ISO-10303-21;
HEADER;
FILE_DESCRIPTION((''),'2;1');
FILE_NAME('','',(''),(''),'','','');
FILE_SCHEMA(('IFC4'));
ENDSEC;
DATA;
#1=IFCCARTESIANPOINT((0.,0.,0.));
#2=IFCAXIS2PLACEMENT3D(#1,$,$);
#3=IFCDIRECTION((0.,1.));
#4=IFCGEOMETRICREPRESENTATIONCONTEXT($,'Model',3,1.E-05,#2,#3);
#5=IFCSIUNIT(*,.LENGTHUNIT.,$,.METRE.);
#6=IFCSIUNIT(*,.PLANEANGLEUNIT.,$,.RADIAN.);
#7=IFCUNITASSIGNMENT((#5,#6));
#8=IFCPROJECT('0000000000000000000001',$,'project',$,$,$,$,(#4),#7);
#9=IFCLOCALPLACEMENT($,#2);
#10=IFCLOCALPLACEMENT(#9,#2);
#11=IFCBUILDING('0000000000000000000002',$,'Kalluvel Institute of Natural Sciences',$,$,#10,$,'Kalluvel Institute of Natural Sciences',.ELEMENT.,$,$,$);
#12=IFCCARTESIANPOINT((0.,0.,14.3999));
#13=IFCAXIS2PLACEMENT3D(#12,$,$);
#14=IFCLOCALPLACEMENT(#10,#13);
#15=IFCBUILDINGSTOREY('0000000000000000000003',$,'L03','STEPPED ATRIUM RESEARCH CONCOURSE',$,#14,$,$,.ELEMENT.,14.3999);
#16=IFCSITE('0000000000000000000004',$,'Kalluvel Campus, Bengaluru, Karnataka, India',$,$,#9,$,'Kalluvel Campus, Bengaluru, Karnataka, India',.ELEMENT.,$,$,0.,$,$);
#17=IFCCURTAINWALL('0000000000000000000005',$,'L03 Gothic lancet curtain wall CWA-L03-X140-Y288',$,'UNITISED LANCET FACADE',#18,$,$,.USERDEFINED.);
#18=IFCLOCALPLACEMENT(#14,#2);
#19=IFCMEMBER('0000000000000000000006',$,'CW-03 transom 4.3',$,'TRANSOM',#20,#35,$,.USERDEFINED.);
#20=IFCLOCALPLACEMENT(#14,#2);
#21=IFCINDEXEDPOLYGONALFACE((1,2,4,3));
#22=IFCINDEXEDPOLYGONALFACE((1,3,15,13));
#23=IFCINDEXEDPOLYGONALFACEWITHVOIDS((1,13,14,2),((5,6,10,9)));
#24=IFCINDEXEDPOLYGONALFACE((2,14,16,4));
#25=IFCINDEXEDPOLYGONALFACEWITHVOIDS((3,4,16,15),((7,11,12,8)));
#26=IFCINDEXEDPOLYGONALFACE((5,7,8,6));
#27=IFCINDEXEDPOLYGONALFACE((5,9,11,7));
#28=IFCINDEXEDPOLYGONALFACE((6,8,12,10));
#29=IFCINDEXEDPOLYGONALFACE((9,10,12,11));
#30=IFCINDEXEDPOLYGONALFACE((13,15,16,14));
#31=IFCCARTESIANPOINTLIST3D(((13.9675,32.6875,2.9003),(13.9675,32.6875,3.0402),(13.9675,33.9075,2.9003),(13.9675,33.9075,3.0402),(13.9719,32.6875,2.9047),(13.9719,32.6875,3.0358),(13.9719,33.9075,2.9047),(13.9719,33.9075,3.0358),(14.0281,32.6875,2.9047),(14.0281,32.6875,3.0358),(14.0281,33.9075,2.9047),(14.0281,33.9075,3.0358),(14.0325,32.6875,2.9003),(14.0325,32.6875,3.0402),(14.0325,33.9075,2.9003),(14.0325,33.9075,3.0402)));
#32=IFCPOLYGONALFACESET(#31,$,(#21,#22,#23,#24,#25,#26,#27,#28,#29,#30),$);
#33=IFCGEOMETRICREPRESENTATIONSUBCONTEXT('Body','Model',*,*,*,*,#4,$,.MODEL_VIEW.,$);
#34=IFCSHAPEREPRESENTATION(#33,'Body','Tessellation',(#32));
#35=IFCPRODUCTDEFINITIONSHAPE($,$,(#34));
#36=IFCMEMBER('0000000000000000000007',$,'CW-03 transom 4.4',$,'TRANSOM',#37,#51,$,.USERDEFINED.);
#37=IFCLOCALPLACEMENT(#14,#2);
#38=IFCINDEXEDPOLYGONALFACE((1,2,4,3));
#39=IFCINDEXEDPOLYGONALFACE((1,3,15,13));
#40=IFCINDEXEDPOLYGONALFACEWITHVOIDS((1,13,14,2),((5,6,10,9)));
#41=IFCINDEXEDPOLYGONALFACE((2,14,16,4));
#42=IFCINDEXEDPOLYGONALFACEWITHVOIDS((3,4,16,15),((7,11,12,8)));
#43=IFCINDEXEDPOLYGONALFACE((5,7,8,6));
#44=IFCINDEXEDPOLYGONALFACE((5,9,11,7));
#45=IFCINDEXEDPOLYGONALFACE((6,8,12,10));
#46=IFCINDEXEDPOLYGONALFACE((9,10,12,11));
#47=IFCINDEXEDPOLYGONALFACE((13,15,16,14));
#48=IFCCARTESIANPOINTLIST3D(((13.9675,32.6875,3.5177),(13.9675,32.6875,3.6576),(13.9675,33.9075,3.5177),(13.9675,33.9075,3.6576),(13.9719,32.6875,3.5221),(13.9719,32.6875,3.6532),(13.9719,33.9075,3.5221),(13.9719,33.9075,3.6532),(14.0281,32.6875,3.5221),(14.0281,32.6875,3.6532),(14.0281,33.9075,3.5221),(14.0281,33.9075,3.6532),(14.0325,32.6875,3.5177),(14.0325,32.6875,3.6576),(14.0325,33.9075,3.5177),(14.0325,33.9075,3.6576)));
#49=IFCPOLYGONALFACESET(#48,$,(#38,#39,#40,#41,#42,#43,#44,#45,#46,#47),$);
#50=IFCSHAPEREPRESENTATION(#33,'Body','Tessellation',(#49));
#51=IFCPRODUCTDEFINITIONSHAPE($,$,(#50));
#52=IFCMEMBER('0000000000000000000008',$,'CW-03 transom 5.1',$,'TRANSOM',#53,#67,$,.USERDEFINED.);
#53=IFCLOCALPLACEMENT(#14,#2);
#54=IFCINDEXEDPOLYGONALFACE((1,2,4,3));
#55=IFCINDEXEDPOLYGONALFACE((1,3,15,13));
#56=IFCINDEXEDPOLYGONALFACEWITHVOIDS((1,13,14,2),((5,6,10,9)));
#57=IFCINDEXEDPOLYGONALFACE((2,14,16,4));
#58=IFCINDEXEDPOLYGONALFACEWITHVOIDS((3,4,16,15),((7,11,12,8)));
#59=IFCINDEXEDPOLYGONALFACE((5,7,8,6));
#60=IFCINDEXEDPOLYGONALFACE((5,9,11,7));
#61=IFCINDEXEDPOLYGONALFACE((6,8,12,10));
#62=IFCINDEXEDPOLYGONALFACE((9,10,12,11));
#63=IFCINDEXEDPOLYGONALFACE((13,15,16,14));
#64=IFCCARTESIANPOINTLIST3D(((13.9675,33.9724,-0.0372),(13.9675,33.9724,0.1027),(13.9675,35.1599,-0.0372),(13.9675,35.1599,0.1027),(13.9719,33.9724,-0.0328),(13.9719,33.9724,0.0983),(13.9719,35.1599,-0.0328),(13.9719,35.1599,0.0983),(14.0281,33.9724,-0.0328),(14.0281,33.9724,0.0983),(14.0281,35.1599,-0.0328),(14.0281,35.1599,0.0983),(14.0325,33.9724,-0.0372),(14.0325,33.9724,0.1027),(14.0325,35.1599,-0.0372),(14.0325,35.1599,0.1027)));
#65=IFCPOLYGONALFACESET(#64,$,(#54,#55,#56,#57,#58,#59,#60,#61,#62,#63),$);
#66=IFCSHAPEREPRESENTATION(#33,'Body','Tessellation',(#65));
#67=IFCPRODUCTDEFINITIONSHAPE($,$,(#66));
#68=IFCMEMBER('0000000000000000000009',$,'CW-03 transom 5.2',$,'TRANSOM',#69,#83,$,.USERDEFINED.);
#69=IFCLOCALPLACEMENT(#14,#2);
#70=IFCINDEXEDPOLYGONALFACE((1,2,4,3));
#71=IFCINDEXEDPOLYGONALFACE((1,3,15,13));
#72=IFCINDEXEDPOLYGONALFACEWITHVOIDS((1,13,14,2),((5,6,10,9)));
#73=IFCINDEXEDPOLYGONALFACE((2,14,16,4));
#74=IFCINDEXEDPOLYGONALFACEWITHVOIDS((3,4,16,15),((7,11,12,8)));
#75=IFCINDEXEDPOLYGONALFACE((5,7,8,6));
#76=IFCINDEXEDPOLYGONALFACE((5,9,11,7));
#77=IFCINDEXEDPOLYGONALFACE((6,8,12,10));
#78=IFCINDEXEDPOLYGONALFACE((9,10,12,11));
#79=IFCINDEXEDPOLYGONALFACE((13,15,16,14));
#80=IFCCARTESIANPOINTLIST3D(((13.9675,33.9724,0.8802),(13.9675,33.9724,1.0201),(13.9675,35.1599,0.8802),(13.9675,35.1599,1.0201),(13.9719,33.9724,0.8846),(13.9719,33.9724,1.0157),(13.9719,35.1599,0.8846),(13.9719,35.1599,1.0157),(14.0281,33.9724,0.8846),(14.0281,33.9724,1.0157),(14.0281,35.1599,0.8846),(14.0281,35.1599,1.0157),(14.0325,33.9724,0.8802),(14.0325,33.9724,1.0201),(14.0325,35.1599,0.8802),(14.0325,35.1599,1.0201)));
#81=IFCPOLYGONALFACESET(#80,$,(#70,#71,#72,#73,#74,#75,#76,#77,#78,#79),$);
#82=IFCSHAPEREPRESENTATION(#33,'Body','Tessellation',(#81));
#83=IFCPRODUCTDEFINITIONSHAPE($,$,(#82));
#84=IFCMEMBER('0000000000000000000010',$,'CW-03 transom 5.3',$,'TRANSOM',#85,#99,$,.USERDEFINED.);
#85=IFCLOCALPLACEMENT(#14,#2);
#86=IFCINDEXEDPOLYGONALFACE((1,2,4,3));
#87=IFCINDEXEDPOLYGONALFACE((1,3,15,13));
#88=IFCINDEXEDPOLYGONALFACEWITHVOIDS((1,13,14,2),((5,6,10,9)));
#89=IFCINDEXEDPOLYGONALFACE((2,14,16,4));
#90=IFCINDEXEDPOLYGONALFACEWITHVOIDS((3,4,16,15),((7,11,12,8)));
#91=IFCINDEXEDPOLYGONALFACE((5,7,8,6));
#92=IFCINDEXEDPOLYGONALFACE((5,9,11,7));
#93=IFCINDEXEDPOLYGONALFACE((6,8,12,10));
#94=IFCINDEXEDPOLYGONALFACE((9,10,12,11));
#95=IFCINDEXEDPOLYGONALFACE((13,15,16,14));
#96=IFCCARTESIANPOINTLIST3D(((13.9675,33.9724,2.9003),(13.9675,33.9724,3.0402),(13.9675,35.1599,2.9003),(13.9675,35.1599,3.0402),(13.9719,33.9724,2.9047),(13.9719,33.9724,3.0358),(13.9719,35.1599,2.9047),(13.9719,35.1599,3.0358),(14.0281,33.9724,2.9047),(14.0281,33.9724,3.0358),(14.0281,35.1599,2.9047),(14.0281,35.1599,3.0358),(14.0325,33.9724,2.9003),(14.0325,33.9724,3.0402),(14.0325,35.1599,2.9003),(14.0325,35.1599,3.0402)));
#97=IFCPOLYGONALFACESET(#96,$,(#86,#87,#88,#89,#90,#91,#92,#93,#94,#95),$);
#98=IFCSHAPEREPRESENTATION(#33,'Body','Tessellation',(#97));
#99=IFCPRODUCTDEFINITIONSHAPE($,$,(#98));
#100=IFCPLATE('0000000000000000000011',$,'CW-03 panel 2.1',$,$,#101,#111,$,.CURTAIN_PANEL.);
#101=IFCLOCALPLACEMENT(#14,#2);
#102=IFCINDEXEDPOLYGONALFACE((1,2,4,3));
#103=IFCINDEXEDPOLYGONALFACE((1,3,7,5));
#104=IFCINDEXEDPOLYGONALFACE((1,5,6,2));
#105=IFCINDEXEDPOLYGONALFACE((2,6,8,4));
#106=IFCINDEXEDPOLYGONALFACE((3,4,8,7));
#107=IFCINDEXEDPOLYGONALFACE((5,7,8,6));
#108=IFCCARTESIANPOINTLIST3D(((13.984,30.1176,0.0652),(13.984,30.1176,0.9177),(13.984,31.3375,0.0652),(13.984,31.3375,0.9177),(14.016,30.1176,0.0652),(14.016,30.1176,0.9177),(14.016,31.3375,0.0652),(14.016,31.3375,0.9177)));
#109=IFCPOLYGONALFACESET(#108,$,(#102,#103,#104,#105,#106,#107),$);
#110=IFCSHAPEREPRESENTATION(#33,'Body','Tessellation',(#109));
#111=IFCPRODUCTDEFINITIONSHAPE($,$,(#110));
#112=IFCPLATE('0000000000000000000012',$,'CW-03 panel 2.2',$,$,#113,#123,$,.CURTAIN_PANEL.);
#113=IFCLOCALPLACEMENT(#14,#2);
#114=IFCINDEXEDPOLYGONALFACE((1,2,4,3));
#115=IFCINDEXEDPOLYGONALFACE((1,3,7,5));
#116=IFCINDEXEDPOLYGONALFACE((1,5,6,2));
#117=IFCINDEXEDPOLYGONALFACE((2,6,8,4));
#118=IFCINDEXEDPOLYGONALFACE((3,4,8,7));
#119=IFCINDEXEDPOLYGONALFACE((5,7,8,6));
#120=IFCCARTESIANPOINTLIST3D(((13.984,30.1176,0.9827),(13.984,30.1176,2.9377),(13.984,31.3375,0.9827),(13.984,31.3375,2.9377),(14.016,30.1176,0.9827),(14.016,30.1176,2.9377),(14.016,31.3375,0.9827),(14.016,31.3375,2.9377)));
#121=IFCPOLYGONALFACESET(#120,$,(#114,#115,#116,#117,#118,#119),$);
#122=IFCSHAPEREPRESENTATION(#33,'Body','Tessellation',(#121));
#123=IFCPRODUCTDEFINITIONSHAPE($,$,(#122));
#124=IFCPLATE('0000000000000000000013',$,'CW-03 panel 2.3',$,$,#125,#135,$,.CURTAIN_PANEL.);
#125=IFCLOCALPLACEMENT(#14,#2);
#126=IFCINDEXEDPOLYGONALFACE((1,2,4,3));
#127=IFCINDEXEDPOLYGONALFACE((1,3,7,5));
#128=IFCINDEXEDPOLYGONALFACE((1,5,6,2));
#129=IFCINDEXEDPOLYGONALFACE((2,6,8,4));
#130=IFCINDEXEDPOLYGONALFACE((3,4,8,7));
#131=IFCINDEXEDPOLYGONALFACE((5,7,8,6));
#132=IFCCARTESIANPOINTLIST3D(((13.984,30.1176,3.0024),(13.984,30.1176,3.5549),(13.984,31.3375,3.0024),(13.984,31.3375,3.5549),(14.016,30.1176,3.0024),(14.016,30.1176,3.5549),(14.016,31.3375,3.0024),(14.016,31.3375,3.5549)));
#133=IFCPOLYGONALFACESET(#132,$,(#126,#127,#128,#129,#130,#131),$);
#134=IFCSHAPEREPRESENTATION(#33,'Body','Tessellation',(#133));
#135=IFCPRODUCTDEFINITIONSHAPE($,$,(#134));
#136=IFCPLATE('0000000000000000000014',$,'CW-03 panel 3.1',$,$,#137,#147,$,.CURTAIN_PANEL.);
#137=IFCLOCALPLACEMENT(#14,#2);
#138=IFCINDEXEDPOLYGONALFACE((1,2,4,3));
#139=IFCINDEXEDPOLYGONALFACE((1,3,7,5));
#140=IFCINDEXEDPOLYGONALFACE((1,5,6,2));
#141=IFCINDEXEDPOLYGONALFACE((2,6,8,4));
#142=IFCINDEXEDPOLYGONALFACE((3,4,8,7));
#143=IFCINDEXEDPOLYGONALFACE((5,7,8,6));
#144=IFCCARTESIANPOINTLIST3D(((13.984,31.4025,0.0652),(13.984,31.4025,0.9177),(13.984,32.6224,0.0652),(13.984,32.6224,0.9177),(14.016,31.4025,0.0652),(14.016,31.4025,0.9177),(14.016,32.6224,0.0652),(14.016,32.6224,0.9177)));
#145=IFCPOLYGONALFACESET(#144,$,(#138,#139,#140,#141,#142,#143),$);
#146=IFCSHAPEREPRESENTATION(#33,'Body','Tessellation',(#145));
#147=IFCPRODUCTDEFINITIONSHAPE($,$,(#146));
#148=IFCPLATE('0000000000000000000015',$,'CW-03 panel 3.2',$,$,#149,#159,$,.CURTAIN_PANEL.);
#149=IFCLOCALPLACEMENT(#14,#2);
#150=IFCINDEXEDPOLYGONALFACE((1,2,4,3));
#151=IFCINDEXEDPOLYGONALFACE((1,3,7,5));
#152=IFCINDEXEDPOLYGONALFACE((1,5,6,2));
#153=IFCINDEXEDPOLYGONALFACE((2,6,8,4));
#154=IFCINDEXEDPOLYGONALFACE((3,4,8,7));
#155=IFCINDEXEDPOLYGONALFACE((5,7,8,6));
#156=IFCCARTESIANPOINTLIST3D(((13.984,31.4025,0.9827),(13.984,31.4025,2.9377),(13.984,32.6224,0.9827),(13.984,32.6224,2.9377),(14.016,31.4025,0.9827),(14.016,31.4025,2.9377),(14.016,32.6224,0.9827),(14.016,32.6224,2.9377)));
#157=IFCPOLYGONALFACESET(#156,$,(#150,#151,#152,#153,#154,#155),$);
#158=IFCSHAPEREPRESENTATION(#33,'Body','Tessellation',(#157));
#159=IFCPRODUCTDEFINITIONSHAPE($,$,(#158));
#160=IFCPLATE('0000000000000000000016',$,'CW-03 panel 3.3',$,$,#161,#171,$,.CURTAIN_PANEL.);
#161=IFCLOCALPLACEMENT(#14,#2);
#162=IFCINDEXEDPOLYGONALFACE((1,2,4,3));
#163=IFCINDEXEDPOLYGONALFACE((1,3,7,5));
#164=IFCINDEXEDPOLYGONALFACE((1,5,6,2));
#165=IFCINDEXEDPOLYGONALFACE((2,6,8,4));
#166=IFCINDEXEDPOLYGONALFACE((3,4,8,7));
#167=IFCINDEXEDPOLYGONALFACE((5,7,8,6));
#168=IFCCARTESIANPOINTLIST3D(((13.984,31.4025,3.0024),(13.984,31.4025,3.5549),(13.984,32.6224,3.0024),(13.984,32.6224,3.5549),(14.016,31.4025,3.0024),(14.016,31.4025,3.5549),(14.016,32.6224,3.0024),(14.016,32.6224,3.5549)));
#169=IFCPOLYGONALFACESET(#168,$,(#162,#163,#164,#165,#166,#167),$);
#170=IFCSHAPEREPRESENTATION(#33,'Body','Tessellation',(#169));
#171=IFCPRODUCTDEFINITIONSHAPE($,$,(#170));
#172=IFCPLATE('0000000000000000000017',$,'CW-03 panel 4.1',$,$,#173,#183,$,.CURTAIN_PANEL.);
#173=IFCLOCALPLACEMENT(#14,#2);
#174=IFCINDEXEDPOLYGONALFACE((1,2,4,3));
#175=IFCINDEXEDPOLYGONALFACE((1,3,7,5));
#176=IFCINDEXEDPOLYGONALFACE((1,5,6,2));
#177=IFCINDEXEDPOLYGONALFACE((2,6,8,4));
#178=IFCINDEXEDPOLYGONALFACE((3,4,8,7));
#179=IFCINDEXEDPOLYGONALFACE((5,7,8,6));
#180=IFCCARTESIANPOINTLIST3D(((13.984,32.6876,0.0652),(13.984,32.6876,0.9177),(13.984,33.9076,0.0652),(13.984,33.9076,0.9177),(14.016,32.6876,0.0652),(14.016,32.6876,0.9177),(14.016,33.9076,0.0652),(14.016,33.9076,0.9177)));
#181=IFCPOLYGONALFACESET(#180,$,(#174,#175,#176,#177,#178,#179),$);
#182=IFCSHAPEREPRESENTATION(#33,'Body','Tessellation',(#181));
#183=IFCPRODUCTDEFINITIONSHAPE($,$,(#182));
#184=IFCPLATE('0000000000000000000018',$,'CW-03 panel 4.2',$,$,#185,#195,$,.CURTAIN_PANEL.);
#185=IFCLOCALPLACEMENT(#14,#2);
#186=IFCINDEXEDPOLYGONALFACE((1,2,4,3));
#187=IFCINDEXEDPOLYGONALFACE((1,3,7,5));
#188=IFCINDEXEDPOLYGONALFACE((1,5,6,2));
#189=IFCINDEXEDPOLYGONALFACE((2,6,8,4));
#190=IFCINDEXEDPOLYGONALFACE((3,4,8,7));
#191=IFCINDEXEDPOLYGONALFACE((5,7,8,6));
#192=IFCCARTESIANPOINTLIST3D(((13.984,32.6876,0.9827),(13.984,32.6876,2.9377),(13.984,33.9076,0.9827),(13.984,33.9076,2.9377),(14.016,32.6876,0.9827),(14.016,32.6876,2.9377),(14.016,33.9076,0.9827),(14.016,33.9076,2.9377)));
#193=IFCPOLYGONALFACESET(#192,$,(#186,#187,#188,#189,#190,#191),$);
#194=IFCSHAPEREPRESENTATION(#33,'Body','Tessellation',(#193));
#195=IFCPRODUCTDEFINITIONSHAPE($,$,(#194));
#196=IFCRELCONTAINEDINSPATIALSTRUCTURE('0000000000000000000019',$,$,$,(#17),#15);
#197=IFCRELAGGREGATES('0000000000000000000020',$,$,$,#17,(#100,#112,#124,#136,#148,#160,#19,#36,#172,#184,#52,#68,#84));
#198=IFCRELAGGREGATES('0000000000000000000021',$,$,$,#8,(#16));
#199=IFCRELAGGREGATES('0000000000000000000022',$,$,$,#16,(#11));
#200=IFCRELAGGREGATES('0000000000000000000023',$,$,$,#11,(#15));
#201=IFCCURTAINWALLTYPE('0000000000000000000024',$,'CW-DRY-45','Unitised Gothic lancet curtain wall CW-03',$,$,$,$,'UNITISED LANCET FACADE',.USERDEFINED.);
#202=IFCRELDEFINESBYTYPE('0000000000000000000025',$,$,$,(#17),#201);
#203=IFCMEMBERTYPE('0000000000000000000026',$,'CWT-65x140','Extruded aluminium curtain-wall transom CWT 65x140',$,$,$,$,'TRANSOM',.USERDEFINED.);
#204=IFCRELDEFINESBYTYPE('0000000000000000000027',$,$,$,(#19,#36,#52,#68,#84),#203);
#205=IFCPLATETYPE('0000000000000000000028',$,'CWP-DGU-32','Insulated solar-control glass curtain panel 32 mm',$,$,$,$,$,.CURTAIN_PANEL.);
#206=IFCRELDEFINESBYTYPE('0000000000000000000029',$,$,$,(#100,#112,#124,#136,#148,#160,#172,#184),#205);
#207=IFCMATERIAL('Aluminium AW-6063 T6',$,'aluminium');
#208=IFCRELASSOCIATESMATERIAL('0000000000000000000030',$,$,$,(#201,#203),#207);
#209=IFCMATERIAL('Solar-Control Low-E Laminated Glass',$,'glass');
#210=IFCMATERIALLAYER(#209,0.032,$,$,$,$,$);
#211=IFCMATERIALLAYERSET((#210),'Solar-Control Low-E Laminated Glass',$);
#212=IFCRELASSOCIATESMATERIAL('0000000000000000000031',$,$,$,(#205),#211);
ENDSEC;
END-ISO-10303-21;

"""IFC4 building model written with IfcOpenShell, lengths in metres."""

from ifc_helpers import new_model, si_unit, direction, frame, origin, origin_2d, place, context, subcontext, project, spatial, rectangle, hollow_rectangle, extrude, material, layer, layer_set, material_profile, profile_set, type_object, element, aggregate, save


model = new_model("IFC4")

# Units and contexts
model_context = context("Model", 3, precision=1e-05, world=origin(), true_north=direction((0.0, 1.0)))
body_context = subcontext(model_context, "Body", "Model", "MODEL_VIEW")
ifc_project = project(units=[si_unit("LENGTHUNIT", "METRE"), si_unit("PLANEANGLEUNIT", "RADIAN")], contexts=[model_context])

# Site, building, storey
site_placement = place(None, origin())
site = spatial("IfcSite", under=ifc_project, at=site_placement, Name="Kalluvel Campus, Bengaluru, Karnataka, India", LongName="Kalluvel Campus, Bengaluru, Karnataka, India", CompositionType="ELEMENT", RefElevation=0.0)
building_placement = place(site_placement, origin())
building = spatial("IfcBuilding", under=site, at=building_placement, Name="Kalluvel Institute of Natural Sciences", LongName="Kalluvel Institute of Natural Sciences", CompositionType="ELEMENT")
storey_placement = place(building_placement, frame((0.0, 0.0, 14.3999)))
storey = spatial("IfcBuildingStorey", under=building, at=storey_placement, Name="L03", Description="STEPPED ATRIUM RESEARCH CONCOURSE", CompositionType="ELEMENT", Elevation=14.3999)

# Curtain wall, members, plates
ifc_material_1 = material(Name="Aluminium AW-6063 T6", Category="aluminium")
curtain_wall_type = type_object("IfcCurtainWallType", Name="CW-DRY-45", Description="Unitised Gothic lancet curtain wall CW-03", ElementType="UNITISED LANCET FACADE", PredefinedType="USERDEFINED", material=ifc_material_1)
curtain_wall_placement = place(storey_placement, origin())
curtain_wall = element("IfcCurtainWall", 1, at=curtain_wall_placement, inside=storey, type_object=curtain_wall_type, Name="L03 Gothic lancet curtain wall CWA-L03-X140-Y288", ObjectType="UNITISED LANCET FACADE", PredefinedType="USERDEFINED")
ifc_material_profile_1 = material_profile(ifc_material_1, hollow_rectangle(XDim=0.0649, YDim=0.1399, WallThickness=0.0044, at=origin_2d()), Name="CWT 65x140")
ifc_profile_set_1 = profile_set([ifc_material_profile_1], Name="Aluminium AW-6063 T6")
member_type_1 = type_object("IfcMemberType", Name="CWT-65x140", Description="Extruded aluminium curtain-wall transom CWT 65x140", ElementType="TRANSOM", PredefinedType="USERDEFINED", material=ifc_profile_set_1)
member_1_placement = place(storey_placement, frame((14.0, 32.6875, 2.9702), z_axis=(0.0, 1.0, 0.0), x_axis=(-1.0, 0.0, 0.0)))
member_1 = element("IfcMember", 2, at=member_1_placement, type_object=member_type_1, Name="CW-03 transom 4.3", ObjectType="TRANSOM", PredefinedType="USERDEFINED", context=body_context, shape_type="SweptSolid", body=[
    extrude(hollow_rectangle(XDim=0.0649, YDim=0.1399, WallThickness=0.0044, at=origin_2d()), origin(), (0.0, 0.0, 1.0), 1.22),
])
member_2_placement = place(storey_placement, frame((14.0, 32.6875, 3.5876), z_axis=(0.0, 1.0, 0.0), x_axis=(-1.0, 0.0, 0.0)))
member_2 = element("IfcMember", 3, at=member_2_placement, type_object=member_type_1, Name="CW-03 transom 4.4", ObjectType="TRANSOM", PredefinedType="USERDEFINED", context=body_context, shape_type="SweptSolid", body=[
    extrude(hollow_rectangle(XDim=0.0649, YDim=0.1399, WallThickness=0.0044, at=origin_2d()), origin(), (0.0, 0.0, 1.0), 1.22),
])
member_3_placement = place(storey_placement, frame((14.0, 33.9724, 0.0327), z_axis=(0.0, 1.0, 0.0), x_axis=(-1.0, 0.0, 0.0)))
member_3 = element("IfcMember", 4, at=member_3_placement, type_object=member_type_1, Name="CW-03 transom 5.1", ObjectType="TRANSOM", PredefinedType="USERDEFINED", context=body_context, shape_type="SweptSolid", body=[
    extrude(hollow_rectangle(XDim=0.0649, YDim=0.1399, WallThickness=0.0044, at=origin_2d()), origin(), (0.0, 0.0, 1.0), 1.1875),
])
member_4_placement = place(storey_placement, frame((14.0, 33.9724, 0.9502), z_axis=(0.0, 1.0, 0.0), x_axis=(-1.0, 0.0, 0.0)))
member_4 = element("IfcMember", 5, at=member_4_placement, type_object=member_type_1, Name="CW-03 transom 5.2", ObjectType="TRANSOM", PredefinedType="USERDEFINED", context=body_context, shape_type="SweptSolid", body=[
    extrude(hollow_rectangle(XDim=0.0649, YDim=0.1399, WallThickness=0.0044, at=origin_2d()), origin(), (0.0, 0.0, 1.0), 1.1875),
])
member_5_placement = place(storey_placement, frame((14.0, 33.9724, 2.9702), z_axis=(0.0, 1.0, 0.0), x_axis=(-1.0, 0.0, 0.0)))
member_5 = element("IfcMember", 6, at=member_5_placement, type_object=member_type_1, Name="CW-03 transom 5.3", ObjectType="TRANSOM", PredefinedType="USERDEFINED", context=body_context, shape_type="SweptSolid", body=[
    extrude(hollow_rectangle(XDim=0.0649, YDim=0.1399, WallThickness=0.0044, at=origin_2d()), origin(), (0.0, 0.0, 1.0), 1.1875),
])
ifc_material_2 = material(Name="Solar-Control Low-E Laminated Glass", Category="glass")
ifc_layer = layer(ifc_material_2, 0.032)
ifc_layer_set = layer_set([ifc_layer], Name="Solar-Control Low-E Laminated Glass")
plate_type = type_object("IfcPlateType", Name="CWP-DGU-32", Description="Insulated solar-control glass curtain panel 32 mm", PredefinedType="CURTAIN_PANEL", material=ifc_layer_set)
plate_1_placement = place(storey_placement, frame((14.0, 30.7275, 0.0652), z_axis=(0.0, 0.0, 1.0), x_axis=(0.0, 1.0, 0.0)))
plate_1 = element("IfcPlate", 7, at=plate_1_placement, type_object=plate_type, Name="CW-03 panel 2.1", PredefinedType="CURTAIN_PANEL", context=body_context, shape_type="SweptSolid", body=[
    extrude(rectangle(XDim=1.22, YDim=0.032, at=origin_2d()), origin(), (0.0, 0.0, 1.0), 0.8525),
])
plate_2_placement = place(storey_placement, frame((14.0, 30.7275, 0.9827), z_axis=(0.0, 0.0, 1.0), x_axis=(0.0, 1.0, 0.0)))
plate_2 = element("IfcPlate", 8, at=plate_2_placement, type_object=plate_type, Name="CW-03 panel 2.2", PredefinedType="CURTAIN_PANEL", context=body_context, shape_type="SweptSolid", body=[
    extrude(rectangle(XDim=1.22, YDim=0.032, at=origin_2d()), origin(), (0.0, 0.0, 1.0), 1.9551),
])
plate_3_placement = place(storey_placement, frame((14.0, 30.7275, 3.0024), z_axis=(0.0, 0.0, 1.0), x_axis=(0.0, 1.0, 0.0)))
plate_3 = element("IfcPlate", 9, at=plate_3_placement, type_object=plate_type, Name="CW-03 panel 2.3", PredefinedType="CURTAIN_PANEL", context=body_context, shape_type="SweptSolid", body=[
    extrude(rectangle(XDim=1.22, YDim=0.032, at=origin_2d()), origin(), (0.0, 0.0, 1.0), 0.5525),
])
plate_4_placement = place(storey_placement, frame((14.0, 32.0125, 0.0652), z_axis=(0.0, 0.0, 1.0), x_axis=(0.0, 1.0, 0.0)))
plate_4 = element("IfcPlate", 10, at=plate_4_placement, type_object=plate_type, Name="CW-03 panel 3.1", PredefinedType="CURTAIN_PANEL", context=body_context, shape_type="SweptSolid", body=[
    extrude(rectangle(XDim=1.22, YDim=0.032, at=origin_2d()), origin(), (0.0, 0.0, 1.0), 0.8525),
])
plate_5_placement = place(storey_placement, frame((14.0, 32.0125, 0.9827), z_axis=(0.0, 0.0, 1.0), x_axis=(0.0, 1.0, 0.0)))
plate_5 = element("IfcPlate", 11, at=plate_5_placement, type_object=plate_type, Name="CW-03 panel 3.2", PredefinedType="CURTAIN_PANEL", context=body_context, shape_type="SweptSolid", body=[
    extrude(rectangle(XDim=1.22, YDim=0.032, at=origin_2d()), origin(), (0.0, 0.0, 1.0), 1.9551),
])
plate_6_placement = place(storey_placement, frame((14.0, 32.0125, 3.0024), z_axis=(0.0, 0.0, 1.0), x_axis=(0.0, 1.0, 0.0)))
plate_6 = element("IfcPlate", 12, at=plate_6_placement, type_object=plate_type, Name="CW-03 panel 3.3", PredefinedType="CURTAIN_PANEL", context=body_context, shape_type="SweptSolid", body=[
    extrude(rectangle(XDim=1.22, YDim=0.032, at=origin_2d()), origin(), (0.0, 0.0, 1.0), 0.5525),
])
plate_7_placement = place(storey_placement, frame((14.0, 33.2976, 0.0652), z_axis=(0.0, 0.0, 1.0), x_axis=(0.0, 1.0, 0.0)))
plate_7 = element("IfcPlate", 13, at=plate_7_placement, type_object=plate_type, Name="CW-03 panel 4.1", PredefinedType="CURTAIN_PANEL", context=body_context, shape_type="SweptSolid", body=[
    extrude(rectangle(XDim=1.22, YDim=0.032, at=origin_2d()), origin(), (0.0, 0.0, 1.0), 0.8525),
])
plate_8_placement = place(storey_placement, frame((14.0, 33.2976, 0.9827), z_axis=(0.0, 0.0, 1.0), x_axis=(0.0, 1.0, 0.0)))
plate_8 = element("IfcPlate", 14, at=plate_8_placement, type_object=plate_type, Name="CW-03 panel 4.2", PredefinedType="CURTAIN_PANEL", context=body_context, shape_type="SweptSolid", body=[
    extrude(rectangle(XDim=1.22, YDim=0.032, at=origin_2d()), origin(), (0.0, 0.0, 1.0), 1.9551),
])
aggregate(curtain_wall, [plate_1, plate_2, plate_3, plate_4, plate_5, plate_6, member_1, member_2, plate_7, plate_8, member_3, member_4, member_5])

save(model, "model.ifc")
